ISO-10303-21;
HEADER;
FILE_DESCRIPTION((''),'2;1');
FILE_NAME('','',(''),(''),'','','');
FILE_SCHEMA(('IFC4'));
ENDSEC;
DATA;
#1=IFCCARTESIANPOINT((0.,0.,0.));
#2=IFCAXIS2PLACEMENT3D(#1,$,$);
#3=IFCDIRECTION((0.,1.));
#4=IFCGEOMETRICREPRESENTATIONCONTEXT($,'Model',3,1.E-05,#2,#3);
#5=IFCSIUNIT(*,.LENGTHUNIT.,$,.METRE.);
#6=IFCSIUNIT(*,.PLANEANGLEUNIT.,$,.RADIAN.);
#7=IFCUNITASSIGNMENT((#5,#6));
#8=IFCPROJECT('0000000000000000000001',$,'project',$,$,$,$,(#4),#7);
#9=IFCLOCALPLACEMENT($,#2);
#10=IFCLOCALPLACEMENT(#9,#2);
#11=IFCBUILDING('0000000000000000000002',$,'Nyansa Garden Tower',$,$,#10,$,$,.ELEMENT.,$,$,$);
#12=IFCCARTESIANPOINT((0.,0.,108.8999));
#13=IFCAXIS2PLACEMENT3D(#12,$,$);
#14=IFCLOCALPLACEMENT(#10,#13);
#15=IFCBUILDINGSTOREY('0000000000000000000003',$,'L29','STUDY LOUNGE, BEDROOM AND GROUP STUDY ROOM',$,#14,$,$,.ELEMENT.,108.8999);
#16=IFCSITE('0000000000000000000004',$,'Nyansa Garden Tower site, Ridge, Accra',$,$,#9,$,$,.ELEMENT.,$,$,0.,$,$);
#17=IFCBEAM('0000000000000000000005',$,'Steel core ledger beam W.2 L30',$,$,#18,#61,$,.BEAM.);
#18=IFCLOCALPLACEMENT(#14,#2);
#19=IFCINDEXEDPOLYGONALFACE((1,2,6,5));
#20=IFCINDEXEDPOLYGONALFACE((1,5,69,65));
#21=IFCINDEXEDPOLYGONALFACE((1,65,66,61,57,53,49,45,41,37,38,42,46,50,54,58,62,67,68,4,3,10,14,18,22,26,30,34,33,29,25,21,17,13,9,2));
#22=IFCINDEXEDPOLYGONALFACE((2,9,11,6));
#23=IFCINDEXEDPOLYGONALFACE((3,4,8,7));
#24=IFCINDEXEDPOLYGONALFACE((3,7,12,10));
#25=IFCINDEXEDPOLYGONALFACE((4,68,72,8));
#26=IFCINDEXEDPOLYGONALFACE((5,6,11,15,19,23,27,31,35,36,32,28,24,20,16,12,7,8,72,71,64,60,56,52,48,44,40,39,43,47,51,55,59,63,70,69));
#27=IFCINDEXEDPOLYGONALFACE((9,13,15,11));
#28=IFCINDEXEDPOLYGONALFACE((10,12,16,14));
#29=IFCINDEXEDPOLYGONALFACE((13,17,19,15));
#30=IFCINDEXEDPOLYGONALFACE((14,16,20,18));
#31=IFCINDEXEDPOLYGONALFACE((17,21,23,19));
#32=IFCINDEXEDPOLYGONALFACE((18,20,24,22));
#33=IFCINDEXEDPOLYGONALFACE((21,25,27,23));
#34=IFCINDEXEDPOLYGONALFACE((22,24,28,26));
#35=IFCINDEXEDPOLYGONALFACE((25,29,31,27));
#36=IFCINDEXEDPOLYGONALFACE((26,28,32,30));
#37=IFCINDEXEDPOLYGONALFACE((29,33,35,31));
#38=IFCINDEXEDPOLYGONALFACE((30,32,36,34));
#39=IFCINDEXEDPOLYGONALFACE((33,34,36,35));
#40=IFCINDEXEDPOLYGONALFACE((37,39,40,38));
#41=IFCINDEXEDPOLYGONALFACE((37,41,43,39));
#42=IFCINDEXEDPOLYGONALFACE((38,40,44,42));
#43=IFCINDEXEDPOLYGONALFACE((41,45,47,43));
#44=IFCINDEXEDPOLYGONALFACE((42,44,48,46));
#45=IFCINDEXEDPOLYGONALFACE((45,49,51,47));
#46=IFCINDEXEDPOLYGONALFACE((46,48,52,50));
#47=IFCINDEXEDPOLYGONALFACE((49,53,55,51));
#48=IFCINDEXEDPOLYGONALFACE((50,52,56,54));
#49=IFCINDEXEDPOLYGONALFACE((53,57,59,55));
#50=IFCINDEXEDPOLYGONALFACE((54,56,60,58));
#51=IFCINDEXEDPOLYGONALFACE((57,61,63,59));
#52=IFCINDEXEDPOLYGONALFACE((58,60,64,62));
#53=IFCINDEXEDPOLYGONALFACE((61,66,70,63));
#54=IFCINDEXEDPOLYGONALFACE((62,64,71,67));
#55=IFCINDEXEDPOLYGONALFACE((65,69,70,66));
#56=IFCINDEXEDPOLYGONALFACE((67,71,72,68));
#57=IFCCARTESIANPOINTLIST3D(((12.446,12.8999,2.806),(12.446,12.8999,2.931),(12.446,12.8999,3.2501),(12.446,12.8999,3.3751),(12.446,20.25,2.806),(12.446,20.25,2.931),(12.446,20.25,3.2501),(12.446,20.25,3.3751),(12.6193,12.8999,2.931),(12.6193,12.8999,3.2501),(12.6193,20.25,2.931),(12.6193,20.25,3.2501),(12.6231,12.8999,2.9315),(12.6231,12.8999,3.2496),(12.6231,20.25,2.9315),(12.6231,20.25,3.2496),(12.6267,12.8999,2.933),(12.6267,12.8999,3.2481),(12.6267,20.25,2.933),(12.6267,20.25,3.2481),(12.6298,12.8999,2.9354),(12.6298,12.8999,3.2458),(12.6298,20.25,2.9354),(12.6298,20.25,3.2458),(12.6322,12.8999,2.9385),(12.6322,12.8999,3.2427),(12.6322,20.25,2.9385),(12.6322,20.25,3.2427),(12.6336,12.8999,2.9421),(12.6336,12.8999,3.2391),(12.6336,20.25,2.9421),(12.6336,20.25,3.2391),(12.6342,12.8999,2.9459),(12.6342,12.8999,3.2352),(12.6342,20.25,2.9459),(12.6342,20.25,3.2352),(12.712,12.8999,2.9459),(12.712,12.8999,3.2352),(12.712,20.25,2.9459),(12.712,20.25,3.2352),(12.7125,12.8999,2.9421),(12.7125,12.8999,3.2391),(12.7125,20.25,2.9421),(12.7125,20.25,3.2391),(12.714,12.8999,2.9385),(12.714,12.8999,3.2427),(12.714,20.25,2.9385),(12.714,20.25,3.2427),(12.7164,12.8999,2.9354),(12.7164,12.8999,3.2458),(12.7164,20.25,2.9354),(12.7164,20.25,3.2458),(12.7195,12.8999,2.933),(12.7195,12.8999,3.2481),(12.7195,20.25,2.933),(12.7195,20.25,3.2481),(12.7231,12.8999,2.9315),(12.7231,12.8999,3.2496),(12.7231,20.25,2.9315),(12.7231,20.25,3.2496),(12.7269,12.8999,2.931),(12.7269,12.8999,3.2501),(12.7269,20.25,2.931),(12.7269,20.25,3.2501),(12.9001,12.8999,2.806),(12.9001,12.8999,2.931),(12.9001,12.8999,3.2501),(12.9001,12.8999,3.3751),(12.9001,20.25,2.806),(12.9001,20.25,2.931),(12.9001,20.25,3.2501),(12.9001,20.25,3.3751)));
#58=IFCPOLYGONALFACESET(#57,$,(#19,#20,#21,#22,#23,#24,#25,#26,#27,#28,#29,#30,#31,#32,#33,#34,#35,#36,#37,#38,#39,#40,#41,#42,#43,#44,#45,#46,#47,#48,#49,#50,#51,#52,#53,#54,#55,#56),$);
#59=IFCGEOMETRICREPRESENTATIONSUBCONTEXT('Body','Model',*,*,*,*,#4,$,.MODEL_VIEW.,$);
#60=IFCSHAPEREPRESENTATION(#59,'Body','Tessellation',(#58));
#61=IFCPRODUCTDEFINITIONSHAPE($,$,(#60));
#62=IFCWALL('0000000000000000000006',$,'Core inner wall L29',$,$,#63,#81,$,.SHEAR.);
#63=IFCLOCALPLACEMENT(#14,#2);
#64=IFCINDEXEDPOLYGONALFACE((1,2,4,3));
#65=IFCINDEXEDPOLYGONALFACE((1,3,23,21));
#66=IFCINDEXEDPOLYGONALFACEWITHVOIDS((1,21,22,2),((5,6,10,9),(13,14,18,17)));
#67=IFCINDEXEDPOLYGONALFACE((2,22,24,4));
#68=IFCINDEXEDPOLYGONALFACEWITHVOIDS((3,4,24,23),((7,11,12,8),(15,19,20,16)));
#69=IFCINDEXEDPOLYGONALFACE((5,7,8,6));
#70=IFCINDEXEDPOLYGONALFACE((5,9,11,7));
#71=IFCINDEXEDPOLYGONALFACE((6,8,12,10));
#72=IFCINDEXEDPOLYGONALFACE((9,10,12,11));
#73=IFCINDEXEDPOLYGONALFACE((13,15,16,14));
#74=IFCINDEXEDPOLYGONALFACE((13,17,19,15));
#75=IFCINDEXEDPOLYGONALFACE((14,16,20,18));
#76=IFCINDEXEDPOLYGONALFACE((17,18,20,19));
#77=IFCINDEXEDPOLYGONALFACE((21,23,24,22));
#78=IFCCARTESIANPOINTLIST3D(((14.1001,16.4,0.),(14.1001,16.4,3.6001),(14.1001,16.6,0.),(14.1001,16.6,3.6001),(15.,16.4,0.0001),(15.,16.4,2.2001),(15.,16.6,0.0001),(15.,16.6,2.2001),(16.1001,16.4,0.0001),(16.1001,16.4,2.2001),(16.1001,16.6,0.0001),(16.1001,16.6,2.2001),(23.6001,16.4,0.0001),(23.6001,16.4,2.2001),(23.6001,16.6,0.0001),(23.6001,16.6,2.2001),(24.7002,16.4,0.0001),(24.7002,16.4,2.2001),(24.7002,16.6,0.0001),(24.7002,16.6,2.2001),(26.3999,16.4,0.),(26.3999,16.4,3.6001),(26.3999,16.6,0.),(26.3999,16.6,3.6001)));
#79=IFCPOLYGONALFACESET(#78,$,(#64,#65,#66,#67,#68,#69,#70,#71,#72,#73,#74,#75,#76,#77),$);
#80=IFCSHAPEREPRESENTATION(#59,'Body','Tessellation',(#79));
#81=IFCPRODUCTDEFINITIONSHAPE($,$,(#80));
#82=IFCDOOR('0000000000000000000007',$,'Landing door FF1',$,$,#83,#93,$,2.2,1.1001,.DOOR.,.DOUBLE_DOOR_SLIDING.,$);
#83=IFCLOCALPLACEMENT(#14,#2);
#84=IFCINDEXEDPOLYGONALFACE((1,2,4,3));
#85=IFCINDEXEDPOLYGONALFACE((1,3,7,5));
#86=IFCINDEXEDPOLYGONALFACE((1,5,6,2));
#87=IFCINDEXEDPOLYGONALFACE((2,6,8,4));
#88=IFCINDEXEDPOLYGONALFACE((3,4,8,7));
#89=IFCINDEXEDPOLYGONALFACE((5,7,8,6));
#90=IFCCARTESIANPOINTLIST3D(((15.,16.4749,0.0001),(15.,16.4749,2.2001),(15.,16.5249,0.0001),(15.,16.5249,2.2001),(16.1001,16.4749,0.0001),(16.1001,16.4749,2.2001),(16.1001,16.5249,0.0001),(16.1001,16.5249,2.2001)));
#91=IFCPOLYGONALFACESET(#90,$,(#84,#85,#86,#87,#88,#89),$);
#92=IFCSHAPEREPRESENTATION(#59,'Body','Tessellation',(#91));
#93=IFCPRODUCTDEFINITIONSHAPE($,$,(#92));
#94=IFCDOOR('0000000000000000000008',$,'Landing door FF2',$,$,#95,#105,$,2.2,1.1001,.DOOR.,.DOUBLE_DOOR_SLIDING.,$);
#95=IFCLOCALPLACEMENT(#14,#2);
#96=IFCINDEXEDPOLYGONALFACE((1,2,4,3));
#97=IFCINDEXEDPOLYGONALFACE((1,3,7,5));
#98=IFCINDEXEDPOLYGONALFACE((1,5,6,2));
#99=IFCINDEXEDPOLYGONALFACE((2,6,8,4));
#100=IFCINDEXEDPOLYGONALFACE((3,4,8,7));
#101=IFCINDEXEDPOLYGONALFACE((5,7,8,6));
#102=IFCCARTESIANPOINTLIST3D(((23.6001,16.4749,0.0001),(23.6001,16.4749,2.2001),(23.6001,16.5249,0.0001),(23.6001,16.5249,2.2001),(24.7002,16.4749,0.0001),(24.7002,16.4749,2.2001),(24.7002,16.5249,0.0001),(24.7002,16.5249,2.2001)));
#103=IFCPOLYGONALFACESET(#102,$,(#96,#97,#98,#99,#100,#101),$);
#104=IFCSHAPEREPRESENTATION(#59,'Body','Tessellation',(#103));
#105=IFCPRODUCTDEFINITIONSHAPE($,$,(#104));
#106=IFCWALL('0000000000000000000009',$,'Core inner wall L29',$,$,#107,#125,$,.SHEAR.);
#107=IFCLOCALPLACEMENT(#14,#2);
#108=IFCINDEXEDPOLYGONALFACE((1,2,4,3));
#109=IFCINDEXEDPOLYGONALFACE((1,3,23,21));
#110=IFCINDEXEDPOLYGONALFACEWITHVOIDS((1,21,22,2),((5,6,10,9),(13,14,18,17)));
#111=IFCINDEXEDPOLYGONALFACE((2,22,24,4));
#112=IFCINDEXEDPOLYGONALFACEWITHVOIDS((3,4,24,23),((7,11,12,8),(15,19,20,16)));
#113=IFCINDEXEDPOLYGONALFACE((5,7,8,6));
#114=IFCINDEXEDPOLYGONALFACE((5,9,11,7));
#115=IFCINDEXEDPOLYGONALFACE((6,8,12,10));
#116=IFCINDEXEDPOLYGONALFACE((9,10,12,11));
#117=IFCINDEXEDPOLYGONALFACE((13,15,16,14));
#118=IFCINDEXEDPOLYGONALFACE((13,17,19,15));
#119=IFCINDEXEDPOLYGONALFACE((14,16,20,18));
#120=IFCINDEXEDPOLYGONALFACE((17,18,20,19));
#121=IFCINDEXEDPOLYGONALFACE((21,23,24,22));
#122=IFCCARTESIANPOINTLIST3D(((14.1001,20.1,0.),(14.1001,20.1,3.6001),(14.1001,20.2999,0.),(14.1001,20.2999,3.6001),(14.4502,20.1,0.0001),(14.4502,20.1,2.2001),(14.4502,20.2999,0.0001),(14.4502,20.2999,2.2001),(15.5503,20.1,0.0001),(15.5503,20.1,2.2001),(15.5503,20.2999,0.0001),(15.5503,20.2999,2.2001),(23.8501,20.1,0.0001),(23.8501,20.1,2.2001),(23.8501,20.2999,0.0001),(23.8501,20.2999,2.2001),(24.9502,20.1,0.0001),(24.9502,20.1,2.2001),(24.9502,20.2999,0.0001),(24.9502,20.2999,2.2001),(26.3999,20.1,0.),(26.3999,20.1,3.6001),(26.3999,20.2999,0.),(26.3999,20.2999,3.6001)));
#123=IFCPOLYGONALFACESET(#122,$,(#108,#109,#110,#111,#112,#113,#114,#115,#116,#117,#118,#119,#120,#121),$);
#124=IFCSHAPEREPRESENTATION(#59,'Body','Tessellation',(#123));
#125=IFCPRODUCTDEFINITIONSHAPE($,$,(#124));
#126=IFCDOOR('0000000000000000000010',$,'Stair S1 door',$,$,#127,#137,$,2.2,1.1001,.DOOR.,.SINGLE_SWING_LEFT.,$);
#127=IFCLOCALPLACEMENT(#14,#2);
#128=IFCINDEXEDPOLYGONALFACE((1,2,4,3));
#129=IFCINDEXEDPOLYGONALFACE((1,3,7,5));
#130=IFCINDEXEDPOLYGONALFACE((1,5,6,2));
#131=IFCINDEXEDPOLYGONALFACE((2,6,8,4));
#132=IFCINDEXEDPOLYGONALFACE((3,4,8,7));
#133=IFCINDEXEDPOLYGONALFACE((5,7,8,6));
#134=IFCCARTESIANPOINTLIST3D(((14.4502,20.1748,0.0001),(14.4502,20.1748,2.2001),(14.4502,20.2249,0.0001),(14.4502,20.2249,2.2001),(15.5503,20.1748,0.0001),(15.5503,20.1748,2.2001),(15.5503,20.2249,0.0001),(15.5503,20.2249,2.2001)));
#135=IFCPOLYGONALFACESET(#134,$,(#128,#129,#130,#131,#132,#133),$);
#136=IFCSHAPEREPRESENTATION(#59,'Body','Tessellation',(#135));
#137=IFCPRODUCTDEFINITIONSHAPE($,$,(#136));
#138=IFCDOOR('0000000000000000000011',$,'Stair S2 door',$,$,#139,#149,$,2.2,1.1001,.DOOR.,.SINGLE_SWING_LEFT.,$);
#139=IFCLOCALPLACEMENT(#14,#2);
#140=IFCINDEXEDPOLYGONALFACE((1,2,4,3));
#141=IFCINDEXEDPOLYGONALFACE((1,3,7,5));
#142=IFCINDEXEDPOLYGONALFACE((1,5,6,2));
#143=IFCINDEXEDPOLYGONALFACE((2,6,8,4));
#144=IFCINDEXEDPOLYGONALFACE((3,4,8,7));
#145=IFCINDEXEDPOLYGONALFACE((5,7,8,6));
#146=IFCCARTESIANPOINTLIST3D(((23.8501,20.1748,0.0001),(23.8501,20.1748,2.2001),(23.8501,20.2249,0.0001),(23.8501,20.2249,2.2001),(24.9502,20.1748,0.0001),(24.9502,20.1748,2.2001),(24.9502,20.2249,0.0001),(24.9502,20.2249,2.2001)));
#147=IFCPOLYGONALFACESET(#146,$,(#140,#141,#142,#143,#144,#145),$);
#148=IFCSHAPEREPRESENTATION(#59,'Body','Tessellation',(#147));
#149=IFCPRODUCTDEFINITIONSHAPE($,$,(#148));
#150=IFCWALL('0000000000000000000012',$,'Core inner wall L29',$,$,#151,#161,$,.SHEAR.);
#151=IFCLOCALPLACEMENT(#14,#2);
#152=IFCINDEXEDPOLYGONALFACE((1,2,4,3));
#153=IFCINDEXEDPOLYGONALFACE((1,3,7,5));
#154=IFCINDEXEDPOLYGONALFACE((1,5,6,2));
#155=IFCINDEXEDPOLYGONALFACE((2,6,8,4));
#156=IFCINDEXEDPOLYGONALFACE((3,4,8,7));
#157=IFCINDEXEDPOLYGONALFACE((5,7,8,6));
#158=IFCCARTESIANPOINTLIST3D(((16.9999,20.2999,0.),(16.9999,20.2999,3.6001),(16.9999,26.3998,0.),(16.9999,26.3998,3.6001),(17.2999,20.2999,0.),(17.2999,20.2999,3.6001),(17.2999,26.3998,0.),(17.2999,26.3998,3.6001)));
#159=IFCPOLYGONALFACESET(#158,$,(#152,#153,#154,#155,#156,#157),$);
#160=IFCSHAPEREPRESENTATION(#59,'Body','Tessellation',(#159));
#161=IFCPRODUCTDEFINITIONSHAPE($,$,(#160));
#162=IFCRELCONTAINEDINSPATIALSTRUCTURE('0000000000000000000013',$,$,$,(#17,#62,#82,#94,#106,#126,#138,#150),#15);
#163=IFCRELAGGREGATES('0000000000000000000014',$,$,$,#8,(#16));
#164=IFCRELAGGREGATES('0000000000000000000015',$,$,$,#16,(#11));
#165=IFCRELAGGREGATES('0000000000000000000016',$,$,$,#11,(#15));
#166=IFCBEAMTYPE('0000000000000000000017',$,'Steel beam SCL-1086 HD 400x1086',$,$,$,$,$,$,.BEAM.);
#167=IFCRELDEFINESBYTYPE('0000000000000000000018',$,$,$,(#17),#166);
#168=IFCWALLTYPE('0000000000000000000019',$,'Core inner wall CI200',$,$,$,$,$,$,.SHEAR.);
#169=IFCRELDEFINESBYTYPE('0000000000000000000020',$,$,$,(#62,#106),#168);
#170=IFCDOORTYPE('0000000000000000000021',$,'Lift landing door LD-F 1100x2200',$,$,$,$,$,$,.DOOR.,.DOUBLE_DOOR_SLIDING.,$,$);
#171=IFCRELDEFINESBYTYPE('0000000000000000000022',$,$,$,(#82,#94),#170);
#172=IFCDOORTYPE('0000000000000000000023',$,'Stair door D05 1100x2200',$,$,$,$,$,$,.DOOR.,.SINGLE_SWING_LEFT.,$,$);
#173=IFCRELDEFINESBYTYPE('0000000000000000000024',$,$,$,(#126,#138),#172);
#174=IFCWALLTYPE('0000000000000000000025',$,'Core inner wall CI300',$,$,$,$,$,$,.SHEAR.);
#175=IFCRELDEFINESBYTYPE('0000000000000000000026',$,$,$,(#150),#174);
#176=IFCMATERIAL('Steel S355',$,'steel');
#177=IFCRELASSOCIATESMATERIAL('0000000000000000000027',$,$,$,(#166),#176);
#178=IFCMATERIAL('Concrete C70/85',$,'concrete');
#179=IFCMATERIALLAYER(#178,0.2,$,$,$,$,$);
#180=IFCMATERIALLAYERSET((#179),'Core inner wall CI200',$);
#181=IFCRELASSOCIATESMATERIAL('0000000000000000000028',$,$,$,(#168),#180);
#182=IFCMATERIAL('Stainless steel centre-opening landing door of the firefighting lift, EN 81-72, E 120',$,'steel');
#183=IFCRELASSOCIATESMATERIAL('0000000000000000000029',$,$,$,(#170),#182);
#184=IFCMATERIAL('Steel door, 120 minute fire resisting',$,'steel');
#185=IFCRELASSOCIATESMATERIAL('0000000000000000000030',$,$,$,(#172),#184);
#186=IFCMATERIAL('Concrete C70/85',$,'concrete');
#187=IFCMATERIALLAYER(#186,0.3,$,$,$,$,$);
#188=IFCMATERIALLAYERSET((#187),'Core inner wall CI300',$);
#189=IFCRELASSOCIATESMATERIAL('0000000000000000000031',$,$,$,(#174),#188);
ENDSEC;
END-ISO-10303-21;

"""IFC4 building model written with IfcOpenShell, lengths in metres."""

from ifc_helpers import new_model, si_unit, direction, frame, frame_2d, origin, origin_2d, place, context, subcontext, project, spatial, rectangle, i_section, extrude, material, layer, layer_set, material_profile, profile_set, type_object, element, fill, save


model = new_model("IFC4")

# Units and contexts
model_context = context("Model", 3, precision=1e-05, world=origin(), true_north=direction((0.0, 1.0)))
body_context = subcontext(model_context, "Body", "Model", "MODEL_VIEW")
ifc_project = project(units=[si_unit("LENGTHUNIT", "METRE"), si_unit("PLANEANGLEUNIT", "RADIAN")], contexts=[model_context])

# Site, building, storey
site_placement = place(None, origin())
site = spatial("IfcSite", under=ifc_project, at=site_placement, Name="Nyansa Garden Tower site, Ridge, Accra", CompositionType="ELEMENT", RefElevation=0.0)
building_placement = place(site_placement, origin())
building = spatial("IfcBuilding", under=site, at=building_placement, Name="Nyansa Garden Tower", CompositionType="ELEMENT")
storey_placement = place(building_placement, frame((0.0, 0.0, 108.8999)))
storey = spatial("IfcBuildingStorey", under=building, at=storey_placement, Name="L29", Description="STUDY LOUNGE, BEDROOM AND GROUP STUDY ROOM", CompositionType="ELEMENT", Elevation=108.8999)

# Beam
ifc_material_1 = material(Name="Steel S355", Category="steel")
ifc_material_profile_1 = material_profile(ifc_material_1, i_section(OverallWidth=0.4541, OverallDepth=0.5691, WebThickness=0.0779, FlangeThickness=0.125, FilletRadius=0.0149, at=origin_2d()), Name="HD 400x1086")
ifc_profile_set_1 = profile_set([ifc_material_profile_1], Name="Steel S355")
beam_type_1 = type_object("IfcBeamType", Name="Steel beam SCL-1086 HD 400x1086", PredefinedType="BEAM", material=ifc_profile_set_1)
beam_placement = place(storey_placement, frame((12.6731, 20.25, 3.0906), z_axis=(0.0, -1.0, 0.0), x_axis=(1.0, 0.0, 0.0)))
element("IfcBeam", 1, at=beam_placement, inside=storey, type_object=beam_type_1, Name="Steel core ledger beam W.2 L30", PredefinedType="BEAM", context=body_context, shape_type="SweptSolid", body=[
    extrude(i_section(OverallWidth=0.4541, OverallDepth=0.5691, WebThickness=0.0779, FlangeThickness=0.125, FilletRadius=0.0149, at=origin_2d()), origin(), (0.0, 0.0, 1.0), 7.3501),
])

# Walls, openings, doors
ifc_material_2 = material(Name="Concrete C70/85", Category="concrete")
ifc_layer_1 = layer(ifc_material_2, 0.2)
ifc_layer_set_1 = layer_set([ifc_layer_1], Name="Core inner wall CI200")
wall_type_1 = type_object("IfcWallType", Name="Core inner wall CI200", PredefinedType="SHEAR", material=ifc_layer_set_1)
wall_1_placement = place(storey_placement, frame((14.1001, 16.5, 0.0), z_axis=(0.0, 0.0, 1.0), x_axis=(1.0, 0.0, 0.0)))
wall_1 = element("IfcWall", 2, at=wall_1_placement, inside=storey, type_object=wall_type_1, Name="Core inner wall L29", PredefinedType="SHEAR", context=body_context, shape_type="SweptSolid", body=[
    extrude(rectangle(XDim=12.2998, YDim=0.2, at=frame_2d((6.1499, 0.0))), origin(), (0.0, 0.0, 1.0), 3.6001),
])
opening_1_placement = place(wall_1_placement, frame((0.8999, 0.0, 0.0)))
opening_1 = element("IfcOpeningElement", 3, at=opening_1_placement, cuts=wall_1, PredefinedType="OPENING", context=body_context, shape_type="SweptSolid", body=[
    extrude(rectangle(XDim=1.1001, YDim=2.2, at=frame_2d((0.55, 1.1001))), frame((0.0, 0.1099, 0.0), z_axis=(0.0, -1.0, 0.0), x_axis=(1.0, 0.0, 0.0)), (0.0, 0.0, 1.0), 0.22),
])
opening_2_placement = place(wall_1_placement, frame((9.5, 0.0, 0.0)))
opening_2 = element("IfcOpeningElement", 4, at=opening_2_placement, cuts=wall_1, PredefinedType="OPENING", context=body_context, shape_type="SweptSolid", body=[
    extrude(rectangle(XDim=1.1001, YDim=2.2, at=frame_2d((0.55, 1.1001))), frame((0.0, 0.1099, 0.0), z_axis=(0.0, -1.0, 0.0), x_axis=(1.0, 0.0, 0.0)), (0.0, 0.0, 1.0), 0.22),
])
ifc_material_3 = material(Name="Stainless steel centre-opening landing door of the firefighting lift, EN 81-72, E 120", Category="steel")
door_type_1 = type_object("IfcDoorType", Name="Lift landing door LD-F 1100x2200", OperationType="DOUBLE_DOOR_SLIDING", PredefinedType="DOOR", material=ifc_material_3)
door_1_placement = place(opening_1_placement, origin())
door_1 = element("IfcDoor", 5, at=door_1_placement, inside=storey, type_object=door_type_1, Name="Landing door FF1", OperationType="DOUBLE_DOOR_SLIDING", OverallHeight=2.2, OverallWidth=1.1001, PredefinedType="DOOR", context=body_context, shape_type="SweptSolid", body=[
    extrude(rectangle(XDim=1.1001, YDim=2.2, at=frame_2d((0.55, 1.1001))), frame((0.0, 0.0249, 0.0), z_axis=(0.0, -1.0, 0.0), x_axis=(1.0, 0.0, 0.0)), (0.0, 0.0, 1.0), 0.05),
])
fill(opening_1, door_1)
door_2_placement = place(opening_2_placement, origin())
door_2 = element("IfcDoor", 6, at=door_2_placement, inside=storey, type_object=door_type_1, Name="Landing door FF2", OperationType="DOUBLE_DOOR_SLIDING", OverallHeight=2.2, OverallWidth=1.1001, PredefinedType="DOOR", context=body_context, shape_type="SweptSolid", body=[
    extrude(rectangle(XDim=1.1001, YDim=2.2, at=frame_2d((0.55, 1.1001))), frame((0.0, 0.0249, 0.0), z_axis=(0.0, -1.0, 0.0), x_axis=(1.0, 0.0, 0.0)), (0.0, 0.0, 1.0), 0.05),
])
fill(opening_2, door_2)
wall_2_placement = place(storey_placement, frame((14.1001, 20.2, 0.0), z_axis=(0.0, 0.0, 1.0), x_axis=(1.0, 0.0, 0.0)))
wall_2 = element("IfcWall", 7, at=wall_2_placement, inside=storey, type_object=wall_type_1, Name="Core inner wall L29", PredefinedType="SHEAR", context=body_context, shape_type="SweptSolid", body=[
    extrude(rectangle(XDim=12.2998, YDim=0.2, at=frame_2d((6.1499, 0.0))), origin(), (0.0, 0.0, 1.0), 3.6001),
])
opening_3_placement = place(wall_2_placement, frame((0.3501, 0.0, 0.0)))
opening_3 = element("IfcOpeningElement", 8, at=opening_3_placement, cuts=wall_2, PredefinedType="OPENING", context=body_context, shape_type="SweptSolid", body=[
    extrude(rectangle(XDim=1.1001, YDim=2.2, at=frame_2d((0.55, 1.1001))), frame((0.0, 0.1099, 0.0), z_axis=(0.0, -1.0, 0.0), x_axis=(1.0, 0.0, 0.0)), (0.0, 0.0, 1.0), 0.22),
])
opening_4_placement = place(wall_2_placement, frame((9.75, 0.0, 0.0)))
opening_4 = element("IfcOpeningElement", 9, at=opening_4_placement, cuts=wall_2, PredefinedType="OPENING", context=body_context, shape_type="SweptSolid", body=[
    extrude(rectangle(XDim=1.1001, YDim=2.2, at=frame_2d((0.55, 1.1001))), frame((0.0, 0.1099, 0.0), z_axis=(0.0, -1.0, 0.0), x_axis=(1.0, 0.0, 0.0)), (0.0, 0.0, 1.0), 0.22),
])
ifc_material_4 = material(Name="Steel door, 120 minute fire resisting", Category="steel")
door_type_2 = type_object("IfcDoorType", Name="Stair door D05 1100x2200", OperationType="SINGLE_SWING_LEFT", PredefinedType="DOOR", material=ifc_material_4)
door_3_placement = place(opening_3_placement, origin())
door_3 = element("IfcDoor", 10, at=door_3_placement, inside=storey, type_object=door_type_2, Name="Stair S1 door", OperationType="SINGLE_SWING_LEFT", OverallHeight=2.2, OverallWidth=1.1001, PredefinedType="DOOR", context=body_context, shape_type="SweptSolid", body=[
    extrude(rectangle(XDim=1.1001, YDim=2.2, at=frame_2d((0.55, 1.1001))), frame((0.0, 0.0249, 0.0), z_axis=(0.0, -1.0, 0.0), x_axis=(1.0, 0.0, 0.0)), (0.0, 0.0, 1.0), 0.05),
])
fill(opening_3, door_3)
door_4_placement = place(opening_4_placement, origin())
door_4 = element("IfcDoor", 11, at=door_4_placement, inside=storey, type_object=door_type_2, Name="Stair S2 door", OperationType="SINGLE_SWING_LEFT", OverallHeight=2.2, OverallWidth=1.1001, PredefinedType="DOOR", context=body_context, shape_type="SweptSolid", body=[
    extrude(rectangle(XDim=1.1001, YDim=2.2, at=frame_2d((0.55, 1.1001))), frame((0.0, 0.0249, 0.0), z_axis=(0.0, -1.0, 0.0), x_axis=(1.0, 0.0, 0.0)), (0.0, 0.0, 1.0), 0.05),
])
fill(opening_4, door_4)

# Wall
ifc_material_5 = material(Name="Concrete C70/85", Category="concrete")
ifc_layer_2 = layer(ifc_material_5, 0.3)
ifc_layer_set_2 = layer_set([ifc_layer_2], Name="Core inner wall CI300")
wall_type_2 = type_object("IfcWallType", Name="Core inner wall CI300", PredefinedType="SHEAR", material=ifc_layer_set_2)
wall_3_placement = place(storey_placement, frame((17.1499, 20.3, 0.0), z_axis=(0.0, 0.0, 1.0), x_axis=(0.0, 1.0, 0.0)))
element("IfcWall", 12, at=wall_3_placement, inside=storey, type_object=wall_type_2, Name="Core inner wall L29", PredefinedType="SHEAR", context=body_context, shape_type="SweptSolid", body=[
    extrude(rectangle(XDim=6.0999, YDim=0.3, at=frame_2d((3.0498, 0.0))), origin(), (0.0, 0.0, 1.0), 3.6001),
])

save(model, "model.ifc")
